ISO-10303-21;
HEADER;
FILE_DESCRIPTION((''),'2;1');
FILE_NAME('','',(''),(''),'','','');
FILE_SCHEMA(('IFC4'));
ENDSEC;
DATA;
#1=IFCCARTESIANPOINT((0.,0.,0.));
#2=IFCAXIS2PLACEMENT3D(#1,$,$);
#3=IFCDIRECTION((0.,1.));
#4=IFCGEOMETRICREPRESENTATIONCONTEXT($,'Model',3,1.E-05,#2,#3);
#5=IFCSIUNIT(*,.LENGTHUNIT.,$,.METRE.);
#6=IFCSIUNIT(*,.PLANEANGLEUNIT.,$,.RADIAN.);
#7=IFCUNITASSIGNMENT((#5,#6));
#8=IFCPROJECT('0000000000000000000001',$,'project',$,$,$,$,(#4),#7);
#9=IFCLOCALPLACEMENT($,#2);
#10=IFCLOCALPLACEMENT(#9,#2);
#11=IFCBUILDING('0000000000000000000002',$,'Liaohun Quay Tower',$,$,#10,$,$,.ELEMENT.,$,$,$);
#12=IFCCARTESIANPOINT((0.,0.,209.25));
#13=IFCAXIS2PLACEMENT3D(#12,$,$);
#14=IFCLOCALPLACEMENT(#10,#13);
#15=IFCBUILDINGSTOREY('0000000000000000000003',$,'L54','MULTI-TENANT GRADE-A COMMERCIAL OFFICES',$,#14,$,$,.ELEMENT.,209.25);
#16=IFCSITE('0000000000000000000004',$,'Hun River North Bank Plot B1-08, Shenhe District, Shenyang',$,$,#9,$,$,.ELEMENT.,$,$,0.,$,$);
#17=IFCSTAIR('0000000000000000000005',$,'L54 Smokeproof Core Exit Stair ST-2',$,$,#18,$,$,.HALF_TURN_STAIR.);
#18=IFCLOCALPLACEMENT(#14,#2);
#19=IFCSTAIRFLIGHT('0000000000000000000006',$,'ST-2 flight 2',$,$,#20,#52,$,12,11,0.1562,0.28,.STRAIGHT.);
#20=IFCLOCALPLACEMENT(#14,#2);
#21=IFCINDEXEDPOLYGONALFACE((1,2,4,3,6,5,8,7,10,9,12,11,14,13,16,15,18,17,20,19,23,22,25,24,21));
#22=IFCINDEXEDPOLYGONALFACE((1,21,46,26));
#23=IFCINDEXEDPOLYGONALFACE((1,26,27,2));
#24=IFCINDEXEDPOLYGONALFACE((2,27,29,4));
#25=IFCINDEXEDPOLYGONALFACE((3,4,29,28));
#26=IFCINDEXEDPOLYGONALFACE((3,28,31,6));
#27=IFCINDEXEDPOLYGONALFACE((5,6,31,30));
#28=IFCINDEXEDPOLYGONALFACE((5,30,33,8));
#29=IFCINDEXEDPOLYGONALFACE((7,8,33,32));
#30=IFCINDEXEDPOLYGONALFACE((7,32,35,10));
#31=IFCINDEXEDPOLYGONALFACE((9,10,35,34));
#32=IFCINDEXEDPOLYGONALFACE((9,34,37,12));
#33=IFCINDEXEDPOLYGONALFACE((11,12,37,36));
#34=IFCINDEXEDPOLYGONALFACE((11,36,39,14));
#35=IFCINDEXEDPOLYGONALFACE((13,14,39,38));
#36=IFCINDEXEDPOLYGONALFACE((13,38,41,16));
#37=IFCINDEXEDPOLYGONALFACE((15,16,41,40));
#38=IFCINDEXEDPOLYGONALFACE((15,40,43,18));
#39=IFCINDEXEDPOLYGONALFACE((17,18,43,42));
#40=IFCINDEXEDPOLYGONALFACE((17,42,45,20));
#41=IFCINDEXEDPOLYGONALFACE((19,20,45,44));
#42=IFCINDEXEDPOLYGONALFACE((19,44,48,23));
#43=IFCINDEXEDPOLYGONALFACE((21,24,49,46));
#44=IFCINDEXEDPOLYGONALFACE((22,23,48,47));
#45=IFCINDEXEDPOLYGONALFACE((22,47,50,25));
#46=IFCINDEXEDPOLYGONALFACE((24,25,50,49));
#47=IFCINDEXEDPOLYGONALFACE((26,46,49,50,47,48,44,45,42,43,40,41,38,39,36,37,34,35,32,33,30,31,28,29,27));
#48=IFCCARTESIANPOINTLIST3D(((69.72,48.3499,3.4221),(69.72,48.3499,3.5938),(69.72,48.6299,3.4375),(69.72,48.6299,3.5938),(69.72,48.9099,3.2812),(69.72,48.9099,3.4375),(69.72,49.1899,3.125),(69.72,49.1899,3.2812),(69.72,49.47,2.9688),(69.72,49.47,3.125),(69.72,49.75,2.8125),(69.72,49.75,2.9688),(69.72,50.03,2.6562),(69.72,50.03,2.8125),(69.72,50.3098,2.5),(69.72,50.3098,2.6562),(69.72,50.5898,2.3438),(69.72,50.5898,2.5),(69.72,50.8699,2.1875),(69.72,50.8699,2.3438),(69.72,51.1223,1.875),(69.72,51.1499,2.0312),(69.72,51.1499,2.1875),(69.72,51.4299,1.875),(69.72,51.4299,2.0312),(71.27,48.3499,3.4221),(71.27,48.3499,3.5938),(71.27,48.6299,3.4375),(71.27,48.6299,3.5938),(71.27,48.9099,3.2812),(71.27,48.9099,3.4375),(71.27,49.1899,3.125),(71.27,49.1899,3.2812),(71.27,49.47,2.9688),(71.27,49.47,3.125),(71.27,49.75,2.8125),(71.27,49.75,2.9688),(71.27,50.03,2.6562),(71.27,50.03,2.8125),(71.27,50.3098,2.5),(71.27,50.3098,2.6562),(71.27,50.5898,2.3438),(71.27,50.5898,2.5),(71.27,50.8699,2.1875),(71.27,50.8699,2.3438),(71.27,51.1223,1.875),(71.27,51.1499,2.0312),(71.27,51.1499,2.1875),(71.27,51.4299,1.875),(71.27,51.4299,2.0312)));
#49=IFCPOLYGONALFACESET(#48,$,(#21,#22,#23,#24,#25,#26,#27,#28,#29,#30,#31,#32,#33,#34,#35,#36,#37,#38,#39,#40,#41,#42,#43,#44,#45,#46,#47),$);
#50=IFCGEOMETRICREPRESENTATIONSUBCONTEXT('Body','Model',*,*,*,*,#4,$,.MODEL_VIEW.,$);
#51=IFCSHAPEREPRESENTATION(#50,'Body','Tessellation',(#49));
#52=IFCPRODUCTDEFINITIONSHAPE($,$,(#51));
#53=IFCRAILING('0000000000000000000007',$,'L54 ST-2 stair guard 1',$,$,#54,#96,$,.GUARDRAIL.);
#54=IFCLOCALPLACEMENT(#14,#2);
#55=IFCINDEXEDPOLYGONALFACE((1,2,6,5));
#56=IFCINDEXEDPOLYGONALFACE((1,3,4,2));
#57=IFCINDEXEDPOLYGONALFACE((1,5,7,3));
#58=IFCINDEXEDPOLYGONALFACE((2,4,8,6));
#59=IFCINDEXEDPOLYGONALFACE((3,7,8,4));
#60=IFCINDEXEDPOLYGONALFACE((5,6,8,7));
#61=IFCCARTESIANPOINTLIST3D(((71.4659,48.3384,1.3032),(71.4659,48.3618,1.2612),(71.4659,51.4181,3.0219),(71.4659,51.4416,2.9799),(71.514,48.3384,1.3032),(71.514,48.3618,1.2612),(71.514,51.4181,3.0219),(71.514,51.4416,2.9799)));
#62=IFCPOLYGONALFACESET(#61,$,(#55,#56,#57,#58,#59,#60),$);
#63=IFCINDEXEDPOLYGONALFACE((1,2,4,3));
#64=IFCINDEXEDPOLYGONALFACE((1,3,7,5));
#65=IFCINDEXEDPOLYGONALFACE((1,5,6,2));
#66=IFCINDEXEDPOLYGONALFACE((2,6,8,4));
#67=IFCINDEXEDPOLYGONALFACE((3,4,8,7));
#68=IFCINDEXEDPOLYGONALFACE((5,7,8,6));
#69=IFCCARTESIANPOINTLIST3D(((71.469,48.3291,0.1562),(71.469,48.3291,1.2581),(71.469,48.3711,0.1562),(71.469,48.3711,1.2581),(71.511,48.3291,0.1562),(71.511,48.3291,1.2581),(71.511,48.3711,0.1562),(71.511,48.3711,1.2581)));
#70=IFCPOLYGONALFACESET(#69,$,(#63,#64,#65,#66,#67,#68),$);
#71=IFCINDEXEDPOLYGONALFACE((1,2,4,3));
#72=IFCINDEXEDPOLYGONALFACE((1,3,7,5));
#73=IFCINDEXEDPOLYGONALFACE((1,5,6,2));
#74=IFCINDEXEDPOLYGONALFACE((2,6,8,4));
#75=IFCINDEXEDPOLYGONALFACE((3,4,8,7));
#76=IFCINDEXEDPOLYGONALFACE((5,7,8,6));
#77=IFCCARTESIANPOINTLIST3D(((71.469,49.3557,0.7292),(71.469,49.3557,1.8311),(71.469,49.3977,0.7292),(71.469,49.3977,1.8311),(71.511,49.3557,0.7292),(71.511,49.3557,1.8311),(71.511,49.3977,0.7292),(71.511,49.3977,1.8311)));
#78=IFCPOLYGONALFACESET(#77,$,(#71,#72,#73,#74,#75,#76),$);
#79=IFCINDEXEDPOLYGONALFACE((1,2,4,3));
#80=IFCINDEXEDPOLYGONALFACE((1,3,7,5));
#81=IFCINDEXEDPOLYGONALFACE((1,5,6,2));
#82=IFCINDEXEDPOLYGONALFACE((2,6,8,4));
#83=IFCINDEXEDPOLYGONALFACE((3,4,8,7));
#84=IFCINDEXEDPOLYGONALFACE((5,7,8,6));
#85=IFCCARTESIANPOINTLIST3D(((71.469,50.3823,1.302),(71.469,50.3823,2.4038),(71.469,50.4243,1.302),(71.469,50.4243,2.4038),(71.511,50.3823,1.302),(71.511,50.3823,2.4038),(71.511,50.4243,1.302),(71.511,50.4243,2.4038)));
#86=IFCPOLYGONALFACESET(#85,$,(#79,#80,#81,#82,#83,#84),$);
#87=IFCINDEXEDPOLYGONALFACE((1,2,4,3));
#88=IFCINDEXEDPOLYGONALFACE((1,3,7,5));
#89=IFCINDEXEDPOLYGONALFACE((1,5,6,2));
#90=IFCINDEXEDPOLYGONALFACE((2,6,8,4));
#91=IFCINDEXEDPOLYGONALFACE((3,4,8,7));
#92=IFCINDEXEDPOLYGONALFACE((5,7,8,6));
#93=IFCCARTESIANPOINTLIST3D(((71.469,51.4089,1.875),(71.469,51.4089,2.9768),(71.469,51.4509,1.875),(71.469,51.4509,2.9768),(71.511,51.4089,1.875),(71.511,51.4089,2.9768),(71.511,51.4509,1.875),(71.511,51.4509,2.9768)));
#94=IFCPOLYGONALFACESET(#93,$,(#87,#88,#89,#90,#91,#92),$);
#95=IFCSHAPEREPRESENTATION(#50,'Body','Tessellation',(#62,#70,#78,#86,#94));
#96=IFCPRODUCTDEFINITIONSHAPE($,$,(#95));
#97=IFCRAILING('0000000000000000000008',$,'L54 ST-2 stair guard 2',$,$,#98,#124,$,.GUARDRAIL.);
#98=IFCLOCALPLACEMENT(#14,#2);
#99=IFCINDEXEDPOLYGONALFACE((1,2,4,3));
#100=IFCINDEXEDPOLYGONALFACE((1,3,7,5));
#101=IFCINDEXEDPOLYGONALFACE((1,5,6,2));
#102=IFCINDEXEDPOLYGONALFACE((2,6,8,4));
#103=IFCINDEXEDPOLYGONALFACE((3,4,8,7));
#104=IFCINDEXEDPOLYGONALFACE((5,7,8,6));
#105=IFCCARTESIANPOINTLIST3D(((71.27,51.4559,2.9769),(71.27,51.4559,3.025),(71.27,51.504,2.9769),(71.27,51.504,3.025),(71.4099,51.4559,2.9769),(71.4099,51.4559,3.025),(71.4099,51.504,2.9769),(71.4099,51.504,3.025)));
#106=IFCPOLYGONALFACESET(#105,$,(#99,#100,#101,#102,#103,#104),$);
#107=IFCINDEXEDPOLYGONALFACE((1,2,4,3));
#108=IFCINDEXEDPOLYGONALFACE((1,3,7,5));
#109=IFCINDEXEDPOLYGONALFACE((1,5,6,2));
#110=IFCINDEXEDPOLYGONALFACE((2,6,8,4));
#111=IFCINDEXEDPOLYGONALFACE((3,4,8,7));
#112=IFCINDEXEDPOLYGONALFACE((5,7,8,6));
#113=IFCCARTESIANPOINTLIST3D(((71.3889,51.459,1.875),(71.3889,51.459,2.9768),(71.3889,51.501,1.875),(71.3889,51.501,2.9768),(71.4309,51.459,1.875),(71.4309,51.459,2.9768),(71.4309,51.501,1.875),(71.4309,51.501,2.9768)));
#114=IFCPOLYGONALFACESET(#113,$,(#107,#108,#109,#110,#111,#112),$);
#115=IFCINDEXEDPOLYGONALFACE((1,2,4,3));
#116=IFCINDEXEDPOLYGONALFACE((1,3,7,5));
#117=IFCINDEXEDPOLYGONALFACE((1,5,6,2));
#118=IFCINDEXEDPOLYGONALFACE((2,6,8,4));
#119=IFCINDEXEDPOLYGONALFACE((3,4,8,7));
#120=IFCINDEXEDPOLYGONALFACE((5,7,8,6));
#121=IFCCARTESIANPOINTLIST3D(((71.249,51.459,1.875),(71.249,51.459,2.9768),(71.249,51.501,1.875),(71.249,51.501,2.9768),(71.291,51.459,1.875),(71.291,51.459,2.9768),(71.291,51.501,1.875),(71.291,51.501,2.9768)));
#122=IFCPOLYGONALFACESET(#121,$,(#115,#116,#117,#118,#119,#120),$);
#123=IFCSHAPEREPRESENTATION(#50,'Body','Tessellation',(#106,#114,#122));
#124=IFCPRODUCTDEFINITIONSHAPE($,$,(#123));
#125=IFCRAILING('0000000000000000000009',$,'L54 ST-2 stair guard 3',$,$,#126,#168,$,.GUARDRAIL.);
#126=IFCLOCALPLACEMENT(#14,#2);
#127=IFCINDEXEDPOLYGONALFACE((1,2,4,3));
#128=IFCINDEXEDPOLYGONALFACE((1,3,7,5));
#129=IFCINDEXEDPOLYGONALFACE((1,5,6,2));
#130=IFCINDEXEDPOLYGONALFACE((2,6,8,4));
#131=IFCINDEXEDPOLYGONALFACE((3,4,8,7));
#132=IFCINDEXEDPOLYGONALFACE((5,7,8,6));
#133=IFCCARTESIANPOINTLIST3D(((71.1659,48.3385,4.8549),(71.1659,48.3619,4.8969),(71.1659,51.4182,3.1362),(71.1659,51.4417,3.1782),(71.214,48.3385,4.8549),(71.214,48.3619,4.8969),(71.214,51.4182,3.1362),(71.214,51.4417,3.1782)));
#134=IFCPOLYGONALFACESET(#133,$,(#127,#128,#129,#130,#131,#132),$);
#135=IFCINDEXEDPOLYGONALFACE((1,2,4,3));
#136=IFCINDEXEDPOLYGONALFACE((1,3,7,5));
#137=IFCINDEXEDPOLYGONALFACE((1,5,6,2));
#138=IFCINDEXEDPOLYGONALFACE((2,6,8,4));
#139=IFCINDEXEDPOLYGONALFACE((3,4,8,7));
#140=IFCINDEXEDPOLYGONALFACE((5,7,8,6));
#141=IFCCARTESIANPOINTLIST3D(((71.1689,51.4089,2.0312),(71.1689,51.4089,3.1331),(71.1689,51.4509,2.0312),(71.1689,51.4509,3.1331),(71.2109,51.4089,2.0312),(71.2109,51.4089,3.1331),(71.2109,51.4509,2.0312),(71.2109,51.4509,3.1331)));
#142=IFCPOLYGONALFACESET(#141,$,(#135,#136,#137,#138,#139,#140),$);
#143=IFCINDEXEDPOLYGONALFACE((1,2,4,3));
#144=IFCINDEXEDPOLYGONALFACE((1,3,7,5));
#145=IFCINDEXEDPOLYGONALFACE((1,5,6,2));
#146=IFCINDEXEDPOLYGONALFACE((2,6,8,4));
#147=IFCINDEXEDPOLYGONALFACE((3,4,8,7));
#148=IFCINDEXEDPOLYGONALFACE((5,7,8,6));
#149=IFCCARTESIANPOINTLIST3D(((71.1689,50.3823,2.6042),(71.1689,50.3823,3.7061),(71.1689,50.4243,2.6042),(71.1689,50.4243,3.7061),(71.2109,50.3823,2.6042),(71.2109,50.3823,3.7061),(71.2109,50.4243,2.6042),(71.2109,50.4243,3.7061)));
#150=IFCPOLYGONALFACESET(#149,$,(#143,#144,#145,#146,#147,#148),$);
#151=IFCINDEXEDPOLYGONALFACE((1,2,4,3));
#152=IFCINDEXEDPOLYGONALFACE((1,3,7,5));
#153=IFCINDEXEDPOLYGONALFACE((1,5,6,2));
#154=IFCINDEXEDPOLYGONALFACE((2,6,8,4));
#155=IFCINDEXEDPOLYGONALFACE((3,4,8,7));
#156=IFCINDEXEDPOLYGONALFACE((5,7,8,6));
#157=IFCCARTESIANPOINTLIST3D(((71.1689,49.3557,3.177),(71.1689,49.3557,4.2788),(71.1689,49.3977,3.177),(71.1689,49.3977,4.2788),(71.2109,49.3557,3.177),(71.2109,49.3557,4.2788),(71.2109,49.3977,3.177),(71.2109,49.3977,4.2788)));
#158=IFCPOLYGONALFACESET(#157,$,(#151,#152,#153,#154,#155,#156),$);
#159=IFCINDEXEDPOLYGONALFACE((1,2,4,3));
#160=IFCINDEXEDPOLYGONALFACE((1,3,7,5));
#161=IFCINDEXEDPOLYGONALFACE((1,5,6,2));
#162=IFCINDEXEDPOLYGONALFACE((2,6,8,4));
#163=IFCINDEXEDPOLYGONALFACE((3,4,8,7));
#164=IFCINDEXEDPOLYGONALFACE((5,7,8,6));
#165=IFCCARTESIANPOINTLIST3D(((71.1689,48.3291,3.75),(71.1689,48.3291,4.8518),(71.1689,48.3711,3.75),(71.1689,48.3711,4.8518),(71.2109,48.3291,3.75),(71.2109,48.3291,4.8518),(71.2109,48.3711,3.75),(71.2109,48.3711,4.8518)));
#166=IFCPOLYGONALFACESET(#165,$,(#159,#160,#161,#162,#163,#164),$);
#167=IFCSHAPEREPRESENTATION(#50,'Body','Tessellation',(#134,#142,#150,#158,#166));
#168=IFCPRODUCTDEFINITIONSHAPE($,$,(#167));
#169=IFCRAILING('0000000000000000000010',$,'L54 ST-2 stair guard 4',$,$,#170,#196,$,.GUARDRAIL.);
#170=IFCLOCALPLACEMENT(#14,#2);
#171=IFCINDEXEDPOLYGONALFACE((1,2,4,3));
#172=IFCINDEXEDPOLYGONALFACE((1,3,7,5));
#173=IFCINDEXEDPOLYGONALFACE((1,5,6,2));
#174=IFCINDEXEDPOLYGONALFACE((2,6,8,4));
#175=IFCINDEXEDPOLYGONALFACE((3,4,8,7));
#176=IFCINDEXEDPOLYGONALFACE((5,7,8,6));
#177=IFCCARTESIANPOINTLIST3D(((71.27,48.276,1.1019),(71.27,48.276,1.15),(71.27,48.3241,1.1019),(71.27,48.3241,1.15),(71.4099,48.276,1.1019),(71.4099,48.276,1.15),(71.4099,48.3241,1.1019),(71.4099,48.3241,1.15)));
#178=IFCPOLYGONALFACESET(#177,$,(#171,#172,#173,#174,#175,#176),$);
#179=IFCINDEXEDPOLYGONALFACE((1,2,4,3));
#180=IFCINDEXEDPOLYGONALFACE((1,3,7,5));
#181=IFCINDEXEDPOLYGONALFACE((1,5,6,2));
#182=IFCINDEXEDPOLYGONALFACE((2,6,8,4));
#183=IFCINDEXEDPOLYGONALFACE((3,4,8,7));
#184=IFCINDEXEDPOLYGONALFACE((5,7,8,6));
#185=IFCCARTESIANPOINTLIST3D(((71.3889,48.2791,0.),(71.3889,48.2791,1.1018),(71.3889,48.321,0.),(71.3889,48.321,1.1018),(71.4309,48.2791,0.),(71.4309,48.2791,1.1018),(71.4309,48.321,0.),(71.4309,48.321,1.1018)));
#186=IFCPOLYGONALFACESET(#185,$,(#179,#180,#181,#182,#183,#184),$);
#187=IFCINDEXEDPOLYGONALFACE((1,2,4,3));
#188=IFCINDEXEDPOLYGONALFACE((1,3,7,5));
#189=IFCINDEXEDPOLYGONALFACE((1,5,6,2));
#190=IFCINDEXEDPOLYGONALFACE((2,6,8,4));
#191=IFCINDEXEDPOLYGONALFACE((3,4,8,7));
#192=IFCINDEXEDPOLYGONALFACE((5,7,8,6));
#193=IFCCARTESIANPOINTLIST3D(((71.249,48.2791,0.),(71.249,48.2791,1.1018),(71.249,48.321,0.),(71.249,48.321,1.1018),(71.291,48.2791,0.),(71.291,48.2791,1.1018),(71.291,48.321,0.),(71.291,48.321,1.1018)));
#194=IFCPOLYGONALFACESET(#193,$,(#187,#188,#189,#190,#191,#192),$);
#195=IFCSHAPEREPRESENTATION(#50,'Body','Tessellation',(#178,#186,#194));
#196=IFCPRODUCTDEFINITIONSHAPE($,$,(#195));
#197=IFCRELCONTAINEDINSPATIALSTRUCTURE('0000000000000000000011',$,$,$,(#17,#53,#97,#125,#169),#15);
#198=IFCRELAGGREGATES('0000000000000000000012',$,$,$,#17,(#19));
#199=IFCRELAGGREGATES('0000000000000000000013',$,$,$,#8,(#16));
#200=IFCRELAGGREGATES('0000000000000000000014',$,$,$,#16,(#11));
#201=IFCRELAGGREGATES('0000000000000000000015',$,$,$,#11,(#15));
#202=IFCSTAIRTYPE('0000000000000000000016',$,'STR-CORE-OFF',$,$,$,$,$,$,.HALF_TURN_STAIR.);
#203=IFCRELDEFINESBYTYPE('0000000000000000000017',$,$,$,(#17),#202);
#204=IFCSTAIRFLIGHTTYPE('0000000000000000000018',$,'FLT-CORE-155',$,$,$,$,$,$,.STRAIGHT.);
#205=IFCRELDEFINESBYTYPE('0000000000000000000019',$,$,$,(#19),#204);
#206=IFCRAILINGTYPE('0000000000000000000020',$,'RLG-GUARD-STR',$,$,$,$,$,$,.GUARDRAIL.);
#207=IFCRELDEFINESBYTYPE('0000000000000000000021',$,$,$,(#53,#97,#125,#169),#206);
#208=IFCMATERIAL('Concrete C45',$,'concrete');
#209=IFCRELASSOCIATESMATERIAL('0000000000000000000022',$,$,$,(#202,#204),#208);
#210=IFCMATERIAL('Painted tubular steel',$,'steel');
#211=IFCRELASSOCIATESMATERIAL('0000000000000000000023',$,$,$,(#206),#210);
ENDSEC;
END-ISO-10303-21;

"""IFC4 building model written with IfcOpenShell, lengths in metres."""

from ifc_helpers import new_model, si_unit, direction, frame, origin, origin_2d, place, context, subcontext, project, spatial, polyline, rectangle, outline, extrude, material, type_object, element, aggregate, save


model = new_model("IFC4")

# Units and contexts
model_context = context("Model", 3, precision=1e-05, world=origin(), true_north=direction((0.0, 1.0)))
body_context = subcontext(model_context, "Body", "Model", "MODEL_VIEW")
ifc_project = project(units=[si_unit("LENGTHUNIT", "METRE"), si_unit("PLANEANGLEUNIT", "RADIAN")], contexts=[model_context])

# Site, building, storey
site_placement = place(None, origin())
site = spatial("IfcSite", under=ifc_project, at=site_placement, Name="Hun River North Bank Plot B1-08, Shenhe District, Shenyang", CompositionType="ELEMENT", RefElevation=0.0)
building_placement = place(site_placement, origin())
building = spatial("IfcBuilding", under=site, at=building_placement, Name="Liaohun Quay Tower", CompositionType="ELEMENT")
storey_placement = place(building_placement, frame((0.0, 0.0, 209.25)))
storey = spatial("IfcBuildingStorey", under=building, at=storey_placement, Name="L54", Description="MULTI-TENANT GRADE-A COMMERCIAL OFFICES", CompositionType="ELEMENT", Elevation=209.25)

# Stair, stair flight
ifc_material_1 = material(Name="Concrete C45", Category="concrete")
stair_type = type_object("IfcStairType", Name="STR-CORE-OFF", PredefinedType="HALF_TURN_STAIR", material=ifc_material_1)
stair_placement = place(storey_placement, origin())
stair = element("IfcStair", 1, at=stair_placement, inside=storey, type_object=stair_type, Name="L54 Smokeproof Core Exit Stair ST-2", PredefinedType="HALF_TURN_STAIR")
stair_flight_type = type_object("IfcStairFlightType", Name="FLT-CORE-155", PredefinedType="STRAIGHT", material=ifc_material_1)
stair_flight_1_placement = place(storey_placement, frame((70.4951, 51.4299, 1.875), z_axis=(0.0, 0.0, 1.0), x_axis=(0.0, -1.0, 0.0)))
stair_flight_1 = element("IfcStairFlight", 2, at=stair_flight_1_placement, type_object=stair_flight_type, Name="ST-2 flight 2", NumberOfRisers=12, NumberOfTreads=11, PredefinedType="STRAIGHT", RiserHeight=0.1562, TreadLength=0.28, context=body_context, shape_type="SweptSolid", body=[
    extrude(outline(polyline([(0.0, 0.0), (0.0, 0.1562), (0.28, 0.1562), (0.28, 0.3125), (0.5601, 0.3125), (0.5601, 0.4688), (0.8401, 0.4688), (0.8401, 0.625), (1.1201, 0.625), (1.1201, 0.7812), (1.3999, 0.7812), (1.3999, 0.9375), (1.6799, 0.9375), (1.6799, 1.0938), (1.96, 1.0938), (1.96, 1.25), (2.24, 1.25), (2.24, 1.4062), (2.52, 1.4062), (2.52, 1.5625), (2.8, 1.5625), (2.8, 1.7188), (3.0801, 1.7188), (3.0801, 1.875), (3.0801, 1.5471), (0.3076, 0.0), (0.0, 0.0)])), frame((0.0, 0.7749, 0.0), z_axis=(0.0, -1.0, 0.0), x_axis=(1.0, 0.0, 0.0)), (0.0, 0.0, 1.0), 1.55),
])
aggregate(stair, [stair_flight_1])

# Railings
ifc_material_2 = material(Name="Painted tubular steel", Category="steel")
railing_type_1 = type_object("IfcRailingType", Name="RLG-GUARD-STR", PredefinedType="GUARDRAIL", material=ifc_material_2)
railing_1_placement = place(storey_placement, frame((71.49, 48.3501, 0.1562)))
element("IfcRailing", 3, at=railing_1_placement, inside=storey, type_object=railing_type_1, Name="L54 ST-2 stair guard 1", PredefinedType="GUARDRAIL", context=body_context, shape_type="SweptSolid", body=[
    extrude(rectangle(XDim=0.0481, YDim=0.0481, at=origin_2d()), frame((0.0, 0.0, 1.126), z_axis=(0.0, 0.873225, 0.487317), x_axis=(-1.0, 0.0, 0.0)), (0.0, 0.0, 1.0), 3.5269),
    extrude(rectangle(XDim=0.042, YDim=0.042, at=origin_2d()), origin(), (0.0, 0.0, 1.0), 1.1018),
    extrude(rectangle(XDim=0.042, YDim=0.042, at=origin_2d()), frame((0.0, 1.0266, 0.573)), (0.0, 0.0, 1.0), 1.1018),
    extrude(rectangle(XDim=0.042, YDim=0.042, at=origin_2d()), frame((0.0, 2.0532, 1.1458)), (0.0, 0.0, 1.0), 1.1018),
    extrude(rectangle(XDim=0.042, YDim=0.042, at=origin_2d()), frame((0.0, 3.0798, 1.7188)), (0.0, 0.0, 1.0), 1.1018),
])
railing_2_placement = place(storey_placement, frame((71.4099, 51.48, 1.875)))
element("IfcRailing", 4, at=railing_2_placement, inside=storey, type_object=railing_type_1, Name="L54 ST-2 stair guard 2", PredefinedType="GUARDRAIL", context=body_context, shape_type="SweptSolid", body=[
    extrude(rectangle(XDim=0.0481, YDim=0.0481, at=origin_2d()), frame((0.0, 0.0, 1.126), z_axis=(-1.0, 0.0, 0.0), x_axis=(0.0, -1.0, 0.0)), (0.0, 0.0, 1.0), 0.1399),
    extrude(rectangle(XDim=0.042, YDim=0.042, at=origin_2d()), origin(), (0.0, 0.0, 1.0), 1.1018),
    extrude(rectangle(XDim=0.042, YDim=0.042, at=origin_2d()), frame((-0.1399, 0.0, 0.0)), (0.0, 0.0, 1.0), 1.1018),
])
railing_3_placement = place(storey_placement, frame((71.1899, 51.4299, 2.0312)))
element("IfcRailing", 5, at=railing_3_placement, inside=storey, type_object=railing_type_1, Name="L54 ST-2 stair guard 3", PredefinedType="GUARDRAIL", context=body_context, shape_type="SweptSolid", body=[
    extrude(rectangle(XDim=0.0481, YDim=0.0481, at=origin_2d()), frame((0.0, 0.0, 1.126), z_axis=(0.0, -0.873225, 0.487317), x_axis=(1.0, 0.0, 0.0)), (0.0, 0.0, 1.0), 3.5269),
    extrude(rectangle(XDim=0.042, YDim=0.042, at=origin_2d()), origin(), (0.0, 0.0, 1.0), 1.1018),
    extrude(rectangle(XDim=0.042, YDim=0.042, at=origin_2d()), frame((0.0, -1.0266, 0.573)), (0.0, 0.0, 1.0), 1.1018),
    extrude(rectangle(XDim=0.042, YDim=0.042, at=origin_2d()), frame((0.0, -2.0532, 1.1458)), (0.0, 0.0, 1.0), 1.1018),
    extrude(rectangle(XDim=0.042, YDim=0.042, at=origin_2d()), frame((0.0, -3.0798, 1.7188)), (0.0, 0.0, 1.0), 1.1018),
])
railing_4_placement = place(storey_placement, frame((71.4099, 48.3, 0.0)))
element("IfcRailing", 6, at=railing_4_placement, inside=storey, type_object=railing_type_1, Name="L54 ST-2 stair guard 4", PredefinedType="GUARDRAIL", context=body_context, shape_type="SweptSolid", body=[
    extrude(rectangle(XDim=0.0481, YDim=0.0481, at=origin_2d()), frame((0.0, 0.0, 1.126), z_axis=(-1.0, 0.0, 0.0), x_axis=(0.0, -1.0, 0.0)), (0.0, 0.0, 1.0), 0.1399),
    extrude(rectangle(XDim=0.042, YDim=0.042, at=origin_2d()), origin(), (0.0, 0.0, 1.0), 1.1018),
    extrude(rectangle(XDim=0.042, YDim=0.042, at=origin_2d()), frame((-0.1399, 0.0, 0.0)), (0.0, 0.0, 1.0), 1.1018),
])

save(model, "model.ifc")
